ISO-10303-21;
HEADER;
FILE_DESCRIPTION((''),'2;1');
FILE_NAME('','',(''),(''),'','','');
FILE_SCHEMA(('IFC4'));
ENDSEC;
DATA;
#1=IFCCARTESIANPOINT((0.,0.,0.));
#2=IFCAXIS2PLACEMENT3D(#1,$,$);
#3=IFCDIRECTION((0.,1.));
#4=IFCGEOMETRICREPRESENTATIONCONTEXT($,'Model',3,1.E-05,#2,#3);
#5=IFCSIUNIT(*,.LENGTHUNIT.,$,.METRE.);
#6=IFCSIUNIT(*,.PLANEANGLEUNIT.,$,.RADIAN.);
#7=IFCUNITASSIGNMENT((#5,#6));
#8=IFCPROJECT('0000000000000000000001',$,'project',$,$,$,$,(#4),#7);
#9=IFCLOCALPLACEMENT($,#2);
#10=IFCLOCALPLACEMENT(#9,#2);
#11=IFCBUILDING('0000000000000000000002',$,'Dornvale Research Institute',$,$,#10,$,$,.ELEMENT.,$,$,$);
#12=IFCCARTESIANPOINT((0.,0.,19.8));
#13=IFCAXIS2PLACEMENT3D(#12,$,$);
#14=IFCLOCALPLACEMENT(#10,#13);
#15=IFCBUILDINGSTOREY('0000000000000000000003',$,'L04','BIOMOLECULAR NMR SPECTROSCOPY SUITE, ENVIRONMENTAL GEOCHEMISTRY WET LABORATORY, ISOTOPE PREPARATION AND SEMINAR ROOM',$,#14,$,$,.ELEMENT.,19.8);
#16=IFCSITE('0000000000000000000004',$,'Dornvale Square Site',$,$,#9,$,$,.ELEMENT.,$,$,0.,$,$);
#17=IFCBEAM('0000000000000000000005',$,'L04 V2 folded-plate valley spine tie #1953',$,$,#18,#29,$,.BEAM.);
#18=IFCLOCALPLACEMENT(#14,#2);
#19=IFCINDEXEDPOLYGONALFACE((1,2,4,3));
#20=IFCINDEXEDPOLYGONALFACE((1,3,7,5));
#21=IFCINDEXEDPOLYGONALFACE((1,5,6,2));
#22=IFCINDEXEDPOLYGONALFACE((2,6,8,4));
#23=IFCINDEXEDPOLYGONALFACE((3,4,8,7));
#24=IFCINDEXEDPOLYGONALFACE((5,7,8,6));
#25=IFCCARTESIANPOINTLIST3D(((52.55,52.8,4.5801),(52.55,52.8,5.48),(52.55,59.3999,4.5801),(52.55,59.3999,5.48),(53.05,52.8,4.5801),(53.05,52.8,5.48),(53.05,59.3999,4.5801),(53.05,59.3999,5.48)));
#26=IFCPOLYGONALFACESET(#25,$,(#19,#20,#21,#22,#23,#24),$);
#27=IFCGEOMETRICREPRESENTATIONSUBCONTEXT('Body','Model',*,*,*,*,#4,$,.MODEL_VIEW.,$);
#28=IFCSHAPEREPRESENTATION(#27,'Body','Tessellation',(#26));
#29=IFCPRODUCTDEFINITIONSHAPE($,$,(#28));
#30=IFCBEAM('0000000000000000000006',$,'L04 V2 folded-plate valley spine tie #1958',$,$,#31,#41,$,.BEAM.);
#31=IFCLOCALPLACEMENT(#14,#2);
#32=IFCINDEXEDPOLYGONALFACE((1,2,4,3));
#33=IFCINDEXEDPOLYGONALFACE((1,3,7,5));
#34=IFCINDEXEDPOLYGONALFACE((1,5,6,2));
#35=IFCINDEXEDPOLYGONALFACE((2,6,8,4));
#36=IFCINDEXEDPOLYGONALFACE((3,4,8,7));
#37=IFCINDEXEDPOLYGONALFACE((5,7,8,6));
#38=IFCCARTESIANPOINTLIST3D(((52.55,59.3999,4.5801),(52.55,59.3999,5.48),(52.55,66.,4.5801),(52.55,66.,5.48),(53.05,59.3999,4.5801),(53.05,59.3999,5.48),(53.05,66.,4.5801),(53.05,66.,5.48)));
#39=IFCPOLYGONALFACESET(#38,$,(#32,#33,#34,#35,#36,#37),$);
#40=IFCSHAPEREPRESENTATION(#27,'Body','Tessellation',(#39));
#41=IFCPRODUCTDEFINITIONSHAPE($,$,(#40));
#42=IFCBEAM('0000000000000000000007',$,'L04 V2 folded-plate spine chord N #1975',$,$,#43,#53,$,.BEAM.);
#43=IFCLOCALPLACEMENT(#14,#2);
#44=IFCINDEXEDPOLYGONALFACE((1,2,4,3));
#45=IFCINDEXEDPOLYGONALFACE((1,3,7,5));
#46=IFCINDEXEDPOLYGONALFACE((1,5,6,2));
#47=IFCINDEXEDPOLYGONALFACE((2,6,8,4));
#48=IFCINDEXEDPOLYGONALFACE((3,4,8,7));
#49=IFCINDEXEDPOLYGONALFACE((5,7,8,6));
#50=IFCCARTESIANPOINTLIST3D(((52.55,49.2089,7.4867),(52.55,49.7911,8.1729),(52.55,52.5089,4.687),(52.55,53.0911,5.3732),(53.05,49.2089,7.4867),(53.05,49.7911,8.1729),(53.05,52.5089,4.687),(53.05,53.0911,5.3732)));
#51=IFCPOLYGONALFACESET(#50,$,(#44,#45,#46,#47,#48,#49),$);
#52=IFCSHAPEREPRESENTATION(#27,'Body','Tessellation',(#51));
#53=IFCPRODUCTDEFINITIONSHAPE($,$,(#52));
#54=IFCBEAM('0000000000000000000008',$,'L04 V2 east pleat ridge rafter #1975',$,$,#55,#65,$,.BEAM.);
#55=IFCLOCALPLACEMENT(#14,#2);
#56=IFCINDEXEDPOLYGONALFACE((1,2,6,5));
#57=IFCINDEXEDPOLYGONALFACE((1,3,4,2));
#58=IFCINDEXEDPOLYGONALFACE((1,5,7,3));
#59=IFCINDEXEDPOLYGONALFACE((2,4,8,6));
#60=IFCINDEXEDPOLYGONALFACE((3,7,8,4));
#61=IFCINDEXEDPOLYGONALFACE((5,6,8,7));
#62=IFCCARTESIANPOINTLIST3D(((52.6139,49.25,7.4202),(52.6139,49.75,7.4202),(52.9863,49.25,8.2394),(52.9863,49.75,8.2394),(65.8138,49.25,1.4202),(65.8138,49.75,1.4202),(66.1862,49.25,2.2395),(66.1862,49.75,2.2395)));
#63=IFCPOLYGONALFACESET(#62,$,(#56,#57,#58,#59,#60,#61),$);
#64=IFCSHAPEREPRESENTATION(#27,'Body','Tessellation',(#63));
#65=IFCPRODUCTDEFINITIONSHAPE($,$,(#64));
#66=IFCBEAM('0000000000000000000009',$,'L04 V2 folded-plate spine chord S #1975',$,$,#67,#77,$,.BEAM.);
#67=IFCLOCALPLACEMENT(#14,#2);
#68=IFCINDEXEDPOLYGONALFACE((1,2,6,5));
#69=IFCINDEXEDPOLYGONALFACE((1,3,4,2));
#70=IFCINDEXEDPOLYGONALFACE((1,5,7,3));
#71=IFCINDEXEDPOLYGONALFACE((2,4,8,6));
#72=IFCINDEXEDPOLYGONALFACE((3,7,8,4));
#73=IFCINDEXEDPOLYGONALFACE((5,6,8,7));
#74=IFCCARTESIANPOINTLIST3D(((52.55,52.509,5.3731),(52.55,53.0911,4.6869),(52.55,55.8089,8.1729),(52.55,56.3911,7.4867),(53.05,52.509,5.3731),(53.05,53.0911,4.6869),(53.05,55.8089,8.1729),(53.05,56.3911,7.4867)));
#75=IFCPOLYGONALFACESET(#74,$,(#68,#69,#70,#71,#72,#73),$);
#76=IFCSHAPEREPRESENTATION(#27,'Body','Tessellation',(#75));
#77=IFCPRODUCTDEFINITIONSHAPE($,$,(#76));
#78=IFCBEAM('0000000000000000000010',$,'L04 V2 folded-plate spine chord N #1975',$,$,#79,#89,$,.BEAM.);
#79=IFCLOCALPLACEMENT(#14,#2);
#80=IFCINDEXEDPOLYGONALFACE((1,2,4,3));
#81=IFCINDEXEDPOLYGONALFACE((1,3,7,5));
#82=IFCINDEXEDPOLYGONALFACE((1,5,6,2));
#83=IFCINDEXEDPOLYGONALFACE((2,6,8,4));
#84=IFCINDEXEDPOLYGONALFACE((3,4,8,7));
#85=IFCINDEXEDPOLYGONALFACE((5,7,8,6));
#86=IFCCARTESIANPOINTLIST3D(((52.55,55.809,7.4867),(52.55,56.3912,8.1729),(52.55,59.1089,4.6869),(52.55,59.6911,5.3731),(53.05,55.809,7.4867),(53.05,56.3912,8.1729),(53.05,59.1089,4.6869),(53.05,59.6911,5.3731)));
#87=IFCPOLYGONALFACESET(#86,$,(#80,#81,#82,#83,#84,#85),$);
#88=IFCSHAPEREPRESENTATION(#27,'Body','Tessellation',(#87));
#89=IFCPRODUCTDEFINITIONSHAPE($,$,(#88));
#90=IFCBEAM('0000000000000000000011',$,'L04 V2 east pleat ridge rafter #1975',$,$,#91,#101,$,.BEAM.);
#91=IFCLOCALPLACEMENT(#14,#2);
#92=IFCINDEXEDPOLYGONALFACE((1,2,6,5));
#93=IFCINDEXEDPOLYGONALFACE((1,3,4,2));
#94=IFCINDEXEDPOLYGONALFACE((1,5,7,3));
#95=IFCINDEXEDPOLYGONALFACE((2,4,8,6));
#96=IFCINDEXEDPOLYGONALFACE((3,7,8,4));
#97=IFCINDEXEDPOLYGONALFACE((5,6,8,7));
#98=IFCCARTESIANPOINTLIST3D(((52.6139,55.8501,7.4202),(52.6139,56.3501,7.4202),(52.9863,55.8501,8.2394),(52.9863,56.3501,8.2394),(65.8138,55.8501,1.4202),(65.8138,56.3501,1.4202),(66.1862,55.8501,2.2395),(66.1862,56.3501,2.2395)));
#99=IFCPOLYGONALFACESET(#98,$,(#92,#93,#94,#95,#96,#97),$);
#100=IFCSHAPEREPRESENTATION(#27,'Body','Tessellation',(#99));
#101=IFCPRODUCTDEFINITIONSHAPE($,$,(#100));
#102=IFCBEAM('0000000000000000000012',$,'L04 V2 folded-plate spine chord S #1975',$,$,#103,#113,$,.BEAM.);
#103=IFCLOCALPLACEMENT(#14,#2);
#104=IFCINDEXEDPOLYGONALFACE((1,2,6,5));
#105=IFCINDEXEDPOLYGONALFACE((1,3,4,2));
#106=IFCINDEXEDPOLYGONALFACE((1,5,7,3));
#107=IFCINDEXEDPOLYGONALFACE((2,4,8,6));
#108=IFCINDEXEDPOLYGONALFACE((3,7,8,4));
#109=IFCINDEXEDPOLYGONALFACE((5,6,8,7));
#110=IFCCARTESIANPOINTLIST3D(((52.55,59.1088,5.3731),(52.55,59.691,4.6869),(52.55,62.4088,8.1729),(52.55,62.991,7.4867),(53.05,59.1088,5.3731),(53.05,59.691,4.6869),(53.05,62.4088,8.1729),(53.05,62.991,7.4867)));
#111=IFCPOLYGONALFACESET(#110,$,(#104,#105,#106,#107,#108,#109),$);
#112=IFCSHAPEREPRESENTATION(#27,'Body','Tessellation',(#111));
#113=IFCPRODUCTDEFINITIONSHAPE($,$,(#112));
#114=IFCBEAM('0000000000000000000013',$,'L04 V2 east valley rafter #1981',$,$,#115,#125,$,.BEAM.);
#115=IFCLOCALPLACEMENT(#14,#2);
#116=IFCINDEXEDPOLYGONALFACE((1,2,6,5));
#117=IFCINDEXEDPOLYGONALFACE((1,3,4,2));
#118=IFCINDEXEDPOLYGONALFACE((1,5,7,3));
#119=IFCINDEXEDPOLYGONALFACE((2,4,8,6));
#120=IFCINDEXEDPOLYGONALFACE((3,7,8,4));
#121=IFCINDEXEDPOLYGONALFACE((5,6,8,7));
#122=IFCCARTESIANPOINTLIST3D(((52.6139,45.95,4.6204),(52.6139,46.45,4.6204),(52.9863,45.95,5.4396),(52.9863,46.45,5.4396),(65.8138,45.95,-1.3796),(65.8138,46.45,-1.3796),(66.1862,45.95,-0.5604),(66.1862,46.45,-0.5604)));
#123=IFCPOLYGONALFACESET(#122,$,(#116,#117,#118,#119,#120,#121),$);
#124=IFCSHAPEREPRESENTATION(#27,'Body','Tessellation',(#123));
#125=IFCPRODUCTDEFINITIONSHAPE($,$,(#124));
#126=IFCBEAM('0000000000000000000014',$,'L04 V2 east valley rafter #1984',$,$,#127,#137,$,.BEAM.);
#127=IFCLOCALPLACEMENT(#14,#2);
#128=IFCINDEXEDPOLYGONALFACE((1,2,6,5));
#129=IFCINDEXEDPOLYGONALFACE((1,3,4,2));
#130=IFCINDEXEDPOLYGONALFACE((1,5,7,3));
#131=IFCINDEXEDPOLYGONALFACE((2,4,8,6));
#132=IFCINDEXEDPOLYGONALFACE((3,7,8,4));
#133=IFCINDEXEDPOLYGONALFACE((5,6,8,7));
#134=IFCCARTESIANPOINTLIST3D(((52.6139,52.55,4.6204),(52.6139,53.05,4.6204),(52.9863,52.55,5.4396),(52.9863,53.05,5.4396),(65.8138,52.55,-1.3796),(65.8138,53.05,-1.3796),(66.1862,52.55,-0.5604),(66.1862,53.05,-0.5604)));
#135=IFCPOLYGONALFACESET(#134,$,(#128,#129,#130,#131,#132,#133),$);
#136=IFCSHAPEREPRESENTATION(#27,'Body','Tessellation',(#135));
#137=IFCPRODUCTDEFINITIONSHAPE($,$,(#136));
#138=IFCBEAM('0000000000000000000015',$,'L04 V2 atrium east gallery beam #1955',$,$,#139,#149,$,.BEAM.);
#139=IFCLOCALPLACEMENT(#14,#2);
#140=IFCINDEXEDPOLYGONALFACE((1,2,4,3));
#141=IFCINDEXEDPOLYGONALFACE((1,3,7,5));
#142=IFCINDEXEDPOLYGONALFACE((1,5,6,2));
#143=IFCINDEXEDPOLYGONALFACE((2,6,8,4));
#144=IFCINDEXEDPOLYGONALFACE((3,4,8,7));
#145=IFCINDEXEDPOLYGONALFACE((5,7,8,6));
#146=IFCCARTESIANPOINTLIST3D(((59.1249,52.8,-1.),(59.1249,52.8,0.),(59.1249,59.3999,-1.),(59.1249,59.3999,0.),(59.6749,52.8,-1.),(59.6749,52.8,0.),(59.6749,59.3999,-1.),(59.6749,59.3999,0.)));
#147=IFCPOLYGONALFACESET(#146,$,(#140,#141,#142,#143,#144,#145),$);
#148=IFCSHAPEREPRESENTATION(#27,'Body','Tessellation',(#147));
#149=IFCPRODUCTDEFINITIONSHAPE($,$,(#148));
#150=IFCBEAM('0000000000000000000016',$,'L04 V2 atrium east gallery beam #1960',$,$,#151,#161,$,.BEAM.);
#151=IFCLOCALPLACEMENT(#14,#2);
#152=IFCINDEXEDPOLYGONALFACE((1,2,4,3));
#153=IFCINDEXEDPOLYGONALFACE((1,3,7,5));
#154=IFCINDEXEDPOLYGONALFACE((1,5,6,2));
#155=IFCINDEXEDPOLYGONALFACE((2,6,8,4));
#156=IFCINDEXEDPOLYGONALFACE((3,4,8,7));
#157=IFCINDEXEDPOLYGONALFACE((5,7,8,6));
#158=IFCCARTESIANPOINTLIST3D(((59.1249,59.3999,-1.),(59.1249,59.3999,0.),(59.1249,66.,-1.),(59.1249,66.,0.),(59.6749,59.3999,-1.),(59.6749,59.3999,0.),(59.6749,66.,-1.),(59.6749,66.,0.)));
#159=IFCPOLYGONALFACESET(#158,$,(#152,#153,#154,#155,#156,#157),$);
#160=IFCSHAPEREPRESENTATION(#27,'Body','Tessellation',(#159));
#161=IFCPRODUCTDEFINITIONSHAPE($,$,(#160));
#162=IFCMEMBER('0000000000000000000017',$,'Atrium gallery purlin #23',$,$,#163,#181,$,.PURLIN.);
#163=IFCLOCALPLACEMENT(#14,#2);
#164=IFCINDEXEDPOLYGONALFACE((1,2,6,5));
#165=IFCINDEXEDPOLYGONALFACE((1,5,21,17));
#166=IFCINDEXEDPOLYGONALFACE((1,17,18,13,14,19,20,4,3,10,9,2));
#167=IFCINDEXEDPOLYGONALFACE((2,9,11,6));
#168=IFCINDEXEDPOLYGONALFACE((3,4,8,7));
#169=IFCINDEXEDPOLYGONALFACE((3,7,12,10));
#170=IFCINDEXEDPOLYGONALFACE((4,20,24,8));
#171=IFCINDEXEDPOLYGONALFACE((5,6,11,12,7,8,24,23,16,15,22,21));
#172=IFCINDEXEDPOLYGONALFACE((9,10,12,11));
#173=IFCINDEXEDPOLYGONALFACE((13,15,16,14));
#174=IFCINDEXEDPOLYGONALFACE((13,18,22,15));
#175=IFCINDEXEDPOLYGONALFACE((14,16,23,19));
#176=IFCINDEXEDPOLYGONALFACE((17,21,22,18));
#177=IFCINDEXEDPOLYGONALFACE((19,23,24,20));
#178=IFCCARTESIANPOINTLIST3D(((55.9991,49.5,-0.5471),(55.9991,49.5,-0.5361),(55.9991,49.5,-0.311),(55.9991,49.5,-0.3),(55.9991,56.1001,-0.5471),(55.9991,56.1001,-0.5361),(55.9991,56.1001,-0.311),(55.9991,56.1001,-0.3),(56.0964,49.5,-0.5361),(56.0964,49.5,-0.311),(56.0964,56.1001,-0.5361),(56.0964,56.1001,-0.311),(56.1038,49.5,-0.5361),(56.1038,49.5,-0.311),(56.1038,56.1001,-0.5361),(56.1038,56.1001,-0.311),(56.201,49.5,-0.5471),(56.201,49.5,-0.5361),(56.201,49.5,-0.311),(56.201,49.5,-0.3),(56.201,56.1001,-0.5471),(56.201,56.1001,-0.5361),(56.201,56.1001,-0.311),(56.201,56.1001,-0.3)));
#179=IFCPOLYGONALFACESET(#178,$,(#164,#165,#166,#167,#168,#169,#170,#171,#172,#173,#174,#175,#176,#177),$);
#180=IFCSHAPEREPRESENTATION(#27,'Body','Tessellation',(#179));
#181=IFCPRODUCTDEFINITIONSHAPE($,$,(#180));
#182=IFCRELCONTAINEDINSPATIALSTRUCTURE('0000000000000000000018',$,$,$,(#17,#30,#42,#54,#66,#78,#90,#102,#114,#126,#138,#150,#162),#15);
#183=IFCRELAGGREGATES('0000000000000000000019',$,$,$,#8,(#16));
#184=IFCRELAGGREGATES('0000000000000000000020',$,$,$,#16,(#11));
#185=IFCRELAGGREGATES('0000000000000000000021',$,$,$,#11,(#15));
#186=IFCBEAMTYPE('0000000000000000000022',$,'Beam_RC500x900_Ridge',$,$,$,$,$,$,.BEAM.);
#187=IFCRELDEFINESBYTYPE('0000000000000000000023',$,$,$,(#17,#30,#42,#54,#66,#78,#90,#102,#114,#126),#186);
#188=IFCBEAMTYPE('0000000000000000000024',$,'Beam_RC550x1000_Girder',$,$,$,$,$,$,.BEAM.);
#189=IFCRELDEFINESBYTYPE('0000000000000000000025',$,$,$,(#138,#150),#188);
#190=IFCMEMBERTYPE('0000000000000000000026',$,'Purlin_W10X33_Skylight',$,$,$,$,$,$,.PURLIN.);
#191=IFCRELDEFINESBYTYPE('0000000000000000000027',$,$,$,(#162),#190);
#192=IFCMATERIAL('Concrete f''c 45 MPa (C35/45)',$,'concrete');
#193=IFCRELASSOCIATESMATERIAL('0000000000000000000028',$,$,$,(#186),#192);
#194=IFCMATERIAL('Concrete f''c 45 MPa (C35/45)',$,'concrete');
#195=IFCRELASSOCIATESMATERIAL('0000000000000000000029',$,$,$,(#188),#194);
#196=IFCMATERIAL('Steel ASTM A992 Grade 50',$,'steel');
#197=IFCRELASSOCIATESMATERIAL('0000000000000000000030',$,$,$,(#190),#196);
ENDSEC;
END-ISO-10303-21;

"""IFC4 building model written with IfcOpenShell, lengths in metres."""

from ifc_helpers import new_model, si_unit, direction, frame, origin, origin_2d, place, context, subcontext, project, spatial, rectangle, i_section, extrude, material, material_profile, profile_set, type_object, element, save


model = new_model("IFC4")

# Units and contexts
model_context = context("Model", 3, precision=1e-05, world=origin(), true_north=direction((0.0, 1.0)))
body_context = subcontext(model_context, "Body", "Model", "MODEL_VIEW")
ifc_project = project(units=[si_unit("LENGTHUNIT", "METRE"), si_unit("PLANEANGLEUNIT", "RADIAN")], contexts=[model_context])

# Site, building, storey
site_placement = place(None, origin())
site = spatial("IfcSite", under=ifc_project, at=site_placement, Name="Dornvale Square Site", CompositionType="ELEMENT", RefElevation=0.0)
building_placement = place(site_placement, origin())
building = spatial("IfcBuilding", under=site, at=building_placement, Name="Dornvale Research Institute", CompositionType="ELEMENT")
storey_placement = place(building_placement, frame((0.0, 0.0, 19.8)))
storey = spatial("IfcBuildingStorey", under=building, at=storey_placement, Name="L04", Description="BIOMOLECULAR NMR SPECTROSCOPY SUITE, ENVIRONMENTAL GEOCHEMISTRY WET LABORATORY, ISOTOPE PREPARATION AND SEMINAR ROOM", CompositionType="ELEMENT", Elevation=19.8)

# Beams
ifc_material_1 = material(Name="Concrete f'c 45 MPa (C35/45)", Category="concrete")
ifc_material_profile_1 = material_profile(ifc_material_1, rectangle(XDim=0.5, YDim=0.8999, at=origin_2d()), Name="RC 500x900")
ifc_profile_set_1 = profile_set([ifc_material_profile_1], Name="Concrete f'c 45 MPa (C35/45)")
beam_type_1 = type_object("IfcBeamType", Name="Beam_RC500x900_Ridge", PredefinedType="BEAM", material=ifc_profile_set_1)
beam_1_placement = place(storey_placement, frame((52.8, 52.8, 5.03), z_axis=(0.0, 1.0, 0.0), x_axis=(-1.0, 0.0, 0.0)))
element("IfcBeam", 1, at=beam_1_placement, inside=storey, type_object=beam_type_1, Name="L04 V2 folded-plate valley spine tie #1953", PredefinedType="BEAM", context=body_context, shape_type="SweptSolid", body=[
    extrude(rectangle(XDim=0.5, YDim=0.8999, at=origin_2d()), origin(), (0.0, 0.0, 1.0), 6.5999),
])
beam_2_placement = place(storey_placement, frame((52.8, 59.3999, 5.03), z_axis=(0.0, 1.0, 0.0), x_axis=(-1.0, 0.0, 0.0)))
element("IfcBeam", 2, at=beam_2_placement, inside=storey, type_object=beam_type_1, Name="L04 V2 folded-plate valley spine tie #1958", PredefinedType="BEAM", context=body_context, shape_type="SweptSolid", body=[
    extrude(rectangle(XDim=0.5, YDim=0.8999, at=origin_2d()), origin(), (0.0, 0.0, 1.0), 6.6001),
])
beam_3_placement = place(storey_placement, frame((52.8, 49.5, 7.8298), z_axis=(0.0, 0.762536, -0.646946), x_axis=(-1.0, 0.0, 0.0)))
element("IfcBeam", 3, at=beam_3_placement, inside=storey, type_object=beam_type_1, Name="L04 V2 folded-plate spine chord N #1975", PredefinedType="BEAM", context=body_context, shape_type="SweptSolid", body=[
    extrude(rectangle(XDim=0.5, YDim=0.8999, at=origin_2d()), origin(), (0.0, 0.0, 1.0), 4.3276),
])
beam_4_placement = place(storey_placement, frame((66.0, 49.5, 1.8298), z_axis=(-0.910366, 0.0, 0.413804), x_axis=(0.0, -1.0, 0.0)))
element("IfcBeam", 4, at=beam_4_placement, inside=storey, type_object=beam_type_1, Name="L04 V2 east pleat ridge rafter #1975", PredefinedType="BEAM", context=body_context, shape_type="SweptSolid", body=[
    extrude(rectangle(XDim=0.5, YDim=0.8999, at=origin_2d()), origin(), (0.0, 0.0, 1.0), 14.4995),
])
for number, where, z_axis, x_axis, name in (
    (5, (52.8, 52.8, 5.03), (0.0, 0.762536, 0.646946), (-1.0, 0.0, 0.0), "L04 V2 folded-plate spine chord S #1975"),
    (6, (52.8, 56.1001, 7.8298), (0.0, 0.762513, -0.646973), (-1.0, 0.0, 0.0), "L04 V2 folded-plate spine chord N #1975"),
):
    element("IfcBeam", number, at=place(storey_placement, frame(where, z_axis=z_axis, x_axis=x_axis)), inside=storey, type_object=beam_type_1, Name=name, PredefinedType="BEAM", context=body_context, shape_type="SweptSolid", body=[
        extrude(rectangle(XDim=0.5, YDim=0.8999, at=origin_2d()), origin(), (0.0, 0.0, 1.0), 4.3276),
    ])
beam_5_placement = place(storey_placement, frame((66.0, 56.1001, 1.8298), z_axis=(-0.910366, 0.0, 0.413804), x_axis=(0.0, -1.0, 0.0)))
element("IfcBeam", 7, at=beam_5_placement, inside=storey, type_object=beam_type_1, Name="L04 V2 east pleat ridge rafter #1975", PredefinedType="BEAM", context=body_context, shape_type="SweptSolid", body=[
    extrude(rectangle(XDim=0.5, YDim=0.8999, at=origin_2d()), origin(), (0.0, 0.0, 1.0), 14.4995),
])
beam_6_placement = place(storey_placement, frame((52.8, 59.3999, 5.03), z_axis=(0.0, 0.762536, 0.646946), x_axis=(-1.0, 0.0, 0.0)))
element("IfcBeam", 8, at=beam_6_placement, inside=storey, type_object=beam_type_1, Name="L04 V2 folded-plate spine chord S #1975", PredefinedType="BEAM", context=body_context, shape_type="SweptSolid", body=[
    extrude(rectangle(XDim=0.5, YDim=0.8999, at=origin_2d()), origin(), (0.0, 0.0, 1.0), 4.3276),
])
for number, where, z_axis, x_axis, name in (
    (9, (66.0, 46.2, -0.97), (-0.910366, 0.0, 0.413804), (0.0, -1.0, 0.0), "L04 V2 east valley rafter #1981"),
    (10, (66.0, 52.8, -0.97), (-0.910366, 0.0, 0.413804), (0.0, -1.0, 0.0), "L04 V2 east valley rafter #1984"),
):
    element("IfcBeam", number, at=place(storey_placement, frame(where, z_axis=z_axis, x_axis=x_axis)), inside=storey, type_object=beam_type_1, Name=name, PredefinedType="BEAM", context=body_context, shape_type="SweptSolid", body=[
        extrude(rectangle(XDim=0.5, YDim=0.8999, at=origin_2d()), origin(), (0.0, 0.0, 1.0), 14.4995),
    ])
ifc_material_2 = material(Name="Concrete f'c 45 MPa (C35/45)", Category="concrete")
ifc_material_profile_2 = material_profile(ifc_material_2, rectangle(XDim=0.55, YDim=1.0, at=origin_2d()), Name="RC 550x1000")
ifc_profile_set_2 = profile_set([ifc_material_profile_2], Name="Concrete f'c 45 MPa (C35/45)")
beam_type_2 = type_object("IfcBeamType", Name="Beam_RC550x1000_Girder", PredefinedType="BEAM", material=ifc_profile_set_2)
beam_7_placement = place(storey_placement, frame((59.3999, 52.8, -0.5), z_axis=(0.0, 1.0, 0.0), x_axis=(-1.0, 0.0, 0.0)))
element("IfcBeam", 11, at=beam_7_placement, inside=storey, type_object=beam_type_2, Name="L04 V2 atrium east gallery beam #1955", PredefinedType="BEAM", context=body_context, shape_type="SweptSolid", body=[
    extrude(rectangle(XDim=0.55, YDim=1.0, at=origin_2d()), origin(), (0.0, 0.0, 1.0), 6.5999),
])
beam_8_placement = place(storey_placement, frame((59.3999, 59.3999, -0.5), z_axis=(0.0, 1.0, 0.0), x_axis=(-1.0, 0.0, 0.0)))
element("IfcBeam", 12, at=beam_8_placement, inside=storey, type_object=beam_type_2, Name="L04 V2 atrium east gallery beam #1960", PredefinedType="BEAM", context=body_context, shape_type="SweptSolid", body=[
    extrude(rectangle(XDim=0.55, YDim=1.0, at=origin_2d()), origin(), (0.0, 0.0, 1.0), 6.6001),
])

# Member
ifc_material_3 = material(Name="Steel ASTM A992 Grade 50", Category="steel")
ifc_material_profile_3 = material_profile(ifc_material_3, i_section(OverallWidth=0.2019, OverallDepth=0.2471, WebThickness=0.0073, FlangeThickness=0.011, at=origin_2d()), Name="W10X33")
ifc_profile_set_3 = profile_set([ifc_material_profile_3], Name="Steel ASTM A992 Grade 50")
member_type_1 = type_object("IfcMemberType", Name="Purlin_W10X33_Skylight", PredefinedType="PURLIN", material=ifc_profile_set_3)
member_1_placement = place(storey_placement, frame((56.1001, 49.5, -0.4236), z_axis=(0.0, 1.0, 0.0), x_axis=(-1.0, 0.0, 0.0)))
element("IfcMember", 13, at=member_1_placement, inside=storey, type_object=member_type_1, Name="Atrium gallery purlin #23", PredefinedType="PURLIN", context=body_context, shape_type="SweptSolid", body=[
    extrude(i_section(OverallWidth=0.2019, OverallDepth=0.2471, WebThickness=0.0073, FlangeThickness=0.011, at=origin_2d()), origin(), (0.0, 0.0, 1.0), 6.6001),
])

save(model, "model.ifc")
